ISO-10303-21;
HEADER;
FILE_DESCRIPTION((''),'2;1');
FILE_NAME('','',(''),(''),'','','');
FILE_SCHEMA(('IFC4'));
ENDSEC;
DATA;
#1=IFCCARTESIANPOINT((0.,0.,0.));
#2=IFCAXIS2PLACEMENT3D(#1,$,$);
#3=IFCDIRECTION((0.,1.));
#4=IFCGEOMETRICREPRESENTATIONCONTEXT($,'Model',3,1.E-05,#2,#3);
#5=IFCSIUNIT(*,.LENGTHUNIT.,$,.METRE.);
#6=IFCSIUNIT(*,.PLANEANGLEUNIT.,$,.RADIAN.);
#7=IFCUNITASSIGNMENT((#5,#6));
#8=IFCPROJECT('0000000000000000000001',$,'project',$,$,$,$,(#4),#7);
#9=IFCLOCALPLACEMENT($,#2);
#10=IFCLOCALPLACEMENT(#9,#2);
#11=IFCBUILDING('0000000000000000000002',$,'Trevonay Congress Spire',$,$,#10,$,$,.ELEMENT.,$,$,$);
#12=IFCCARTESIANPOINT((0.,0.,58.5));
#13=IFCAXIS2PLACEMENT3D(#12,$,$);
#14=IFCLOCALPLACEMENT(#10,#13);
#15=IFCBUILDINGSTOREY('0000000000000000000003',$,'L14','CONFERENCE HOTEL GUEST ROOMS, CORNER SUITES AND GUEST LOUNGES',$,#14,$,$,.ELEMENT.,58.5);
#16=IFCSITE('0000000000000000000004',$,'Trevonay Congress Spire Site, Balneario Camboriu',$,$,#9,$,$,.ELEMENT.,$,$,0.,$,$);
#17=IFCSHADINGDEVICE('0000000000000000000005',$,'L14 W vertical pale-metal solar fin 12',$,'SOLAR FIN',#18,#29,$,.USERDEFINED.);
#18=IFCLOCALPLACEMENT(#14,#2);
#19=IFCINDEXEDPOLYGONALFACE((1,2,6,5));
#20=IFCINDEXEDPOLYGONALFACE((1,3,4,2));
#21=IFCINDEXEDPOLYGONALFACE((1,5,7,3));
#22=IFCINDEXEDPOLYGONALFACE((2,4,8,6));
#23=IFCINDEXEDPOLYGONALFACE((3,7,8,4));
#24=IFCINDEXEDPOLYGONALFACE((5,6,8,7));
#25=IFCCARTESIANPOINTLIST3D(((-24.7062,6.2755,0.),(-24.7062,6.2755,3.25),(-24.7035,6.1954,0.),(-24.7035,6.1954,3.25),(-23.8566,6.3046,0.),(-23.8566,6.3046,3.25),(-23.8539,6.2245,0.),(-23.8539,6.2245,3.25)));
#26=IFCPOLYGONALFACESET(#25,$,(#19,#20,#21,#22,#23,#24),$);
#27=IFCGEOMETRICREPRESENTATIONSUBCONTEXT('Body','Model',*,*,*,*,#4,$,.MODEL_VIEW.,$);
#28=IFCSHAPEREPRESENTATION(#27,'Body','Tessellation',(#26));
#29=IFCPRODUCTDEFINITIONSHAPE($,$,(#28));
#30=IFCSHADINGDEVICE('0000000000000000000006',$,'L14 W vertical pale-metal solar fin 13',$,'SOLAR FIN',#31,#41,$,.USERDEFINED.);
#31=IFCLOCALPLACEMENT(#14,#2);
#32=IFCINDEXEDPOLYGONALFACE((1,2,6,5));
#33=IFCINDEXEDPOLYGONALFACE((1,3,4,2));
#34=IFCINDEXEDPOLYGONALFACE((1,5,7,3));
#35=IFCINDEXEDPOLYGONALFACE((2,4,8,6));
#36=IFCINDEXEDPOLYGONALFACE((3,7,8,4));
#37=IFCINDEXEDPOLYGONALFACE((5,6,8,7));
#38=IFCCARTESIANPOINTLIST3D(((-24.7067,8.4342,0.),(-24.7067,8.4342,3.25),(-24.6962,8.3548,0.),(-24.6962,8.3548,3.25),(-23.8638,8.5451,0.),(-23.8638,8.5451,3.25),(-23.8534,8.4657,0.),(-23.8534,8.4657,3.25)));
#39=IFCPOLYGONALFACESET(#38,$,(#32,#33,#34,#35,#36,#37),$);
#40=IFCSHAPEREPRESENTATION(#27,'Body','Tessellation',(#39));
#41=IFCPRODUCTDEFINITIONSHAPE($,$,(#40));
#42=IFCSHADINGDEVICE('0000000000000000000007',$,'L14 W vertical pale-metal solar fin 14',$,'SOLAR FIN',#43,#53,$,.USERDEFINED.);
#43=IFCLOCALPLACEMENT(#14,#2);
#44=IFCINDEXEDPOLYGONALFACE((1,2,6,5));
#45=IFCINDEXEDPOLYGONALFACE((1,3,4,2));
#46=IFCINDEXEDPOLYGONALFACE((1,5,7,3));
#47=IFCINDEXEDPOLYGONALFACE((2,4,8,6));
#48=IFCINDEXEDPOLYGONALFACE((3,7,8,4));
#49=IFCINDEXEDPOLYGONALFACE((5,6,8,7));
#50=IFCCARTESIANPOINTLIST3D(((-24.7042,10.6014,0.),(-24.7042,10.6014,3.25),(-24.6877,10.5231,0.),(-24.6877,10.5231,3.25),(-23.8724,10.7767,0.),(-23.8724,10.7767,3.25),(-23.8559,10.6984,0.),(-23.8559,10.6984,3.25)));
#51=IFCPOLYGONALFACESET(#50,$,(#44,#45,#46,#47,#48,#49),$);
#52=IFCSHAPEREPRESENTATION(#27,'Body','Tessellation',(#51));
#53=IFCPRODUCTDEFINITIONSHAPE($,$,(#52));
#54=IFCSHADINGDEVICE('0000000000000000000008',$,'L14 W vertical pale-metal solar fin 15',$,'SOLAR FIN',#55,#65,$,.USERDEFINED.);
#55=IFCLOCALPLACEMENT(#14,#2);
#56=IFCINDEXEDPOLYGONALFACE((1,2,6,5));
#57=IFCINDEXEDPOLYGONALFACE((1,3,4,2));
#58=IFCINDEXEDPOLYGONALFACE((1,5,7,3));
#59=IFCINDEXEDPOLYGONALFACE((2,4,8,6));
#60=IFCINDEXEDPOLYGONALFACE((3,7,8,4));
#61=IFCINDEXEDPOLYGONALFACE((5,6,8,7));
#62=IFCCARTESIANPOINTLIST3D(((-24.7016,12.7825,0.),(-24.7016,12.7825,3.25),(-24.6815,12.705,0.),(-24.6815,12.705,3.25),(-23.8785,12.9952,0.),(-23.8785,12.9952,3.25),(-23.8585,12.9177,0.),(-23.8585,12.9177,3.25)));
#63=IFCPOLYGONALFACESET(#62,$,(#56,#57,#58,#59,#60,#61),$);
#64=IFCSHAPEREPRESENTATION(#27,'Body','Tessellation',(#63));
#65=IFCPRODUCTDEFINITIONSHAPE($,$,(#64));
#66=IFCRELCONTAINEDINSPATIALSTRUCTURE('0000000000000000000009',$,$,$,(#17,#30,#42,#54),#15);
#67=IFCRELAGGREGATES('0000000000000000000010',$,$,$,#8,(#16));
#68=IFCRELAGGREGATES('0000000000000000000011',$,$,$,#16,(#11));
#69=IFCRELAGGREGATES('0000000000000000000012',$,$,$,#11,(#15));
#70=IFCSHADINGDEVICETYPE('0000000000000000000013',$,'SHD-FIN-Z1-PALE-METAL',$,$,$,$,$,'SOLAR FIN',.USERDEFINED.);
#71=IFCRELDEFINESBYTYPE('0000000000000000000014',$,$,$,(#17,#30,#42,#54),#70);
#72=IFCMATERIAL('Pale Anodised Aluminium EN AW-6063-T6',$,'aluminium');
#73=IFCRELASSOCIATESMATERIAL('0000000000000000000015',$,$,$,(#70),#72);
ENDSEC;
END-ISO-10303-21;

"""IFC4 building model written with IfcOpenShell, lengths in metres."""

from ifc_helpers import new_model, si_unit, direction, frame, origin, origin_2d, place, context, subcontext, project, spatial, rectangle, extrude, material, type_object, element, save


model = new_model("IFC4")

# Units and contexts
model_context = context("Model", 3, precision=1e-05, world=origin(), true_north=direction((0.0, 1.0)))
body_context = subcontext(model_context, "Body", "Model", "MODEL_VIEW")
ifc_project = project(units=[si_unit("LENGTHUNIT", "METRE"), si_unit("PLANEANGLEUNIT", "RADIAN")], contexts=[model_context])

# Site, building, storey
site_placement = place(None, origin())
site = spatial("IfcSite", under=ifc_project, at=site_placement, Name="Trevonay Congress Spire Site, Balneario Camboriu", CompositionType="ELEMENT", RefElevation=0.0)
building_placement = place(site_placement, origin())
building = spatial("IfcBuilding", under=site, at=building_placement, Name="Trevonay Congress Spire", CompositionType="ELEMENT")
storey_placement = place(building_placement, frame((0.0, 0.0, 58.5)))
storey = spatial("IfcBuildingStorey", under=building, at=storey_placement, Name="L14", Description="CONFERENCE HOTEL GUEST ROOMS, CORNER SUITES AND GUEST LOUNGES", CompositionType="ELEMENT", Elevation=58.5)

# Shared definitions
ifc_material_1 = material(Name="Pale Anodised Aluminium EN AW-6063-T6", Category="aluminium")

# Shading devices
shading_device_type = type_object("IfcShadingDeviceType", Name="SHD-FIN-Z1-PALE-METAL", ElementType="SOLAR FIN", PredefinedType="USERDEFINED", material=ifc_material_1)
for number, where, z_axis, x_axis, name in (
    (1, (-24.28, 6.25, 0.0), (0.0, 0.0, 1.0), (-0.034202, 0.999415, 0.0), "L14 W vertical pale-metal solar fin 12"),
    (2, (-24.28, 8.45, 0.0), (0.0, 0.0, 1.0), (-0.130526, 0.991445, 0.0), "L14 W vertical pale-metal solar fin 13"),
    (3, (-24.28, 10.6499, 0.0), (0.0, 0.0, 1.0), (-0.206204, 0.978509, 0.0), "L14 W vertical pale-metal solar fin 14"),
    (4, (-24.28, 12.8501, 0.0), (0.0, 0.0, 1.0), (-0.250211, 0.968191, 0.0), "L14 W vertical pale-metal solar fin 15"),
):
    element("IfcShadingDevice", number, at=place(storey_placement, frame(where, z_axis=z_axis, x_axis=x_axis)), inside=storey, type_object=shading_device_type, Name=name, ObjectType="SOLAR FIN", PredefinedType="USERDEFINED", context=body_context, shape_type="SweptSolid", body=[
        extrude(rectangle(XDim=0.0801, YDim=0.8501, at=origin_2d()), origin(), (0.0, 0.0, 1.0), 3.25),
    ])

save(model, "model.ifc")
